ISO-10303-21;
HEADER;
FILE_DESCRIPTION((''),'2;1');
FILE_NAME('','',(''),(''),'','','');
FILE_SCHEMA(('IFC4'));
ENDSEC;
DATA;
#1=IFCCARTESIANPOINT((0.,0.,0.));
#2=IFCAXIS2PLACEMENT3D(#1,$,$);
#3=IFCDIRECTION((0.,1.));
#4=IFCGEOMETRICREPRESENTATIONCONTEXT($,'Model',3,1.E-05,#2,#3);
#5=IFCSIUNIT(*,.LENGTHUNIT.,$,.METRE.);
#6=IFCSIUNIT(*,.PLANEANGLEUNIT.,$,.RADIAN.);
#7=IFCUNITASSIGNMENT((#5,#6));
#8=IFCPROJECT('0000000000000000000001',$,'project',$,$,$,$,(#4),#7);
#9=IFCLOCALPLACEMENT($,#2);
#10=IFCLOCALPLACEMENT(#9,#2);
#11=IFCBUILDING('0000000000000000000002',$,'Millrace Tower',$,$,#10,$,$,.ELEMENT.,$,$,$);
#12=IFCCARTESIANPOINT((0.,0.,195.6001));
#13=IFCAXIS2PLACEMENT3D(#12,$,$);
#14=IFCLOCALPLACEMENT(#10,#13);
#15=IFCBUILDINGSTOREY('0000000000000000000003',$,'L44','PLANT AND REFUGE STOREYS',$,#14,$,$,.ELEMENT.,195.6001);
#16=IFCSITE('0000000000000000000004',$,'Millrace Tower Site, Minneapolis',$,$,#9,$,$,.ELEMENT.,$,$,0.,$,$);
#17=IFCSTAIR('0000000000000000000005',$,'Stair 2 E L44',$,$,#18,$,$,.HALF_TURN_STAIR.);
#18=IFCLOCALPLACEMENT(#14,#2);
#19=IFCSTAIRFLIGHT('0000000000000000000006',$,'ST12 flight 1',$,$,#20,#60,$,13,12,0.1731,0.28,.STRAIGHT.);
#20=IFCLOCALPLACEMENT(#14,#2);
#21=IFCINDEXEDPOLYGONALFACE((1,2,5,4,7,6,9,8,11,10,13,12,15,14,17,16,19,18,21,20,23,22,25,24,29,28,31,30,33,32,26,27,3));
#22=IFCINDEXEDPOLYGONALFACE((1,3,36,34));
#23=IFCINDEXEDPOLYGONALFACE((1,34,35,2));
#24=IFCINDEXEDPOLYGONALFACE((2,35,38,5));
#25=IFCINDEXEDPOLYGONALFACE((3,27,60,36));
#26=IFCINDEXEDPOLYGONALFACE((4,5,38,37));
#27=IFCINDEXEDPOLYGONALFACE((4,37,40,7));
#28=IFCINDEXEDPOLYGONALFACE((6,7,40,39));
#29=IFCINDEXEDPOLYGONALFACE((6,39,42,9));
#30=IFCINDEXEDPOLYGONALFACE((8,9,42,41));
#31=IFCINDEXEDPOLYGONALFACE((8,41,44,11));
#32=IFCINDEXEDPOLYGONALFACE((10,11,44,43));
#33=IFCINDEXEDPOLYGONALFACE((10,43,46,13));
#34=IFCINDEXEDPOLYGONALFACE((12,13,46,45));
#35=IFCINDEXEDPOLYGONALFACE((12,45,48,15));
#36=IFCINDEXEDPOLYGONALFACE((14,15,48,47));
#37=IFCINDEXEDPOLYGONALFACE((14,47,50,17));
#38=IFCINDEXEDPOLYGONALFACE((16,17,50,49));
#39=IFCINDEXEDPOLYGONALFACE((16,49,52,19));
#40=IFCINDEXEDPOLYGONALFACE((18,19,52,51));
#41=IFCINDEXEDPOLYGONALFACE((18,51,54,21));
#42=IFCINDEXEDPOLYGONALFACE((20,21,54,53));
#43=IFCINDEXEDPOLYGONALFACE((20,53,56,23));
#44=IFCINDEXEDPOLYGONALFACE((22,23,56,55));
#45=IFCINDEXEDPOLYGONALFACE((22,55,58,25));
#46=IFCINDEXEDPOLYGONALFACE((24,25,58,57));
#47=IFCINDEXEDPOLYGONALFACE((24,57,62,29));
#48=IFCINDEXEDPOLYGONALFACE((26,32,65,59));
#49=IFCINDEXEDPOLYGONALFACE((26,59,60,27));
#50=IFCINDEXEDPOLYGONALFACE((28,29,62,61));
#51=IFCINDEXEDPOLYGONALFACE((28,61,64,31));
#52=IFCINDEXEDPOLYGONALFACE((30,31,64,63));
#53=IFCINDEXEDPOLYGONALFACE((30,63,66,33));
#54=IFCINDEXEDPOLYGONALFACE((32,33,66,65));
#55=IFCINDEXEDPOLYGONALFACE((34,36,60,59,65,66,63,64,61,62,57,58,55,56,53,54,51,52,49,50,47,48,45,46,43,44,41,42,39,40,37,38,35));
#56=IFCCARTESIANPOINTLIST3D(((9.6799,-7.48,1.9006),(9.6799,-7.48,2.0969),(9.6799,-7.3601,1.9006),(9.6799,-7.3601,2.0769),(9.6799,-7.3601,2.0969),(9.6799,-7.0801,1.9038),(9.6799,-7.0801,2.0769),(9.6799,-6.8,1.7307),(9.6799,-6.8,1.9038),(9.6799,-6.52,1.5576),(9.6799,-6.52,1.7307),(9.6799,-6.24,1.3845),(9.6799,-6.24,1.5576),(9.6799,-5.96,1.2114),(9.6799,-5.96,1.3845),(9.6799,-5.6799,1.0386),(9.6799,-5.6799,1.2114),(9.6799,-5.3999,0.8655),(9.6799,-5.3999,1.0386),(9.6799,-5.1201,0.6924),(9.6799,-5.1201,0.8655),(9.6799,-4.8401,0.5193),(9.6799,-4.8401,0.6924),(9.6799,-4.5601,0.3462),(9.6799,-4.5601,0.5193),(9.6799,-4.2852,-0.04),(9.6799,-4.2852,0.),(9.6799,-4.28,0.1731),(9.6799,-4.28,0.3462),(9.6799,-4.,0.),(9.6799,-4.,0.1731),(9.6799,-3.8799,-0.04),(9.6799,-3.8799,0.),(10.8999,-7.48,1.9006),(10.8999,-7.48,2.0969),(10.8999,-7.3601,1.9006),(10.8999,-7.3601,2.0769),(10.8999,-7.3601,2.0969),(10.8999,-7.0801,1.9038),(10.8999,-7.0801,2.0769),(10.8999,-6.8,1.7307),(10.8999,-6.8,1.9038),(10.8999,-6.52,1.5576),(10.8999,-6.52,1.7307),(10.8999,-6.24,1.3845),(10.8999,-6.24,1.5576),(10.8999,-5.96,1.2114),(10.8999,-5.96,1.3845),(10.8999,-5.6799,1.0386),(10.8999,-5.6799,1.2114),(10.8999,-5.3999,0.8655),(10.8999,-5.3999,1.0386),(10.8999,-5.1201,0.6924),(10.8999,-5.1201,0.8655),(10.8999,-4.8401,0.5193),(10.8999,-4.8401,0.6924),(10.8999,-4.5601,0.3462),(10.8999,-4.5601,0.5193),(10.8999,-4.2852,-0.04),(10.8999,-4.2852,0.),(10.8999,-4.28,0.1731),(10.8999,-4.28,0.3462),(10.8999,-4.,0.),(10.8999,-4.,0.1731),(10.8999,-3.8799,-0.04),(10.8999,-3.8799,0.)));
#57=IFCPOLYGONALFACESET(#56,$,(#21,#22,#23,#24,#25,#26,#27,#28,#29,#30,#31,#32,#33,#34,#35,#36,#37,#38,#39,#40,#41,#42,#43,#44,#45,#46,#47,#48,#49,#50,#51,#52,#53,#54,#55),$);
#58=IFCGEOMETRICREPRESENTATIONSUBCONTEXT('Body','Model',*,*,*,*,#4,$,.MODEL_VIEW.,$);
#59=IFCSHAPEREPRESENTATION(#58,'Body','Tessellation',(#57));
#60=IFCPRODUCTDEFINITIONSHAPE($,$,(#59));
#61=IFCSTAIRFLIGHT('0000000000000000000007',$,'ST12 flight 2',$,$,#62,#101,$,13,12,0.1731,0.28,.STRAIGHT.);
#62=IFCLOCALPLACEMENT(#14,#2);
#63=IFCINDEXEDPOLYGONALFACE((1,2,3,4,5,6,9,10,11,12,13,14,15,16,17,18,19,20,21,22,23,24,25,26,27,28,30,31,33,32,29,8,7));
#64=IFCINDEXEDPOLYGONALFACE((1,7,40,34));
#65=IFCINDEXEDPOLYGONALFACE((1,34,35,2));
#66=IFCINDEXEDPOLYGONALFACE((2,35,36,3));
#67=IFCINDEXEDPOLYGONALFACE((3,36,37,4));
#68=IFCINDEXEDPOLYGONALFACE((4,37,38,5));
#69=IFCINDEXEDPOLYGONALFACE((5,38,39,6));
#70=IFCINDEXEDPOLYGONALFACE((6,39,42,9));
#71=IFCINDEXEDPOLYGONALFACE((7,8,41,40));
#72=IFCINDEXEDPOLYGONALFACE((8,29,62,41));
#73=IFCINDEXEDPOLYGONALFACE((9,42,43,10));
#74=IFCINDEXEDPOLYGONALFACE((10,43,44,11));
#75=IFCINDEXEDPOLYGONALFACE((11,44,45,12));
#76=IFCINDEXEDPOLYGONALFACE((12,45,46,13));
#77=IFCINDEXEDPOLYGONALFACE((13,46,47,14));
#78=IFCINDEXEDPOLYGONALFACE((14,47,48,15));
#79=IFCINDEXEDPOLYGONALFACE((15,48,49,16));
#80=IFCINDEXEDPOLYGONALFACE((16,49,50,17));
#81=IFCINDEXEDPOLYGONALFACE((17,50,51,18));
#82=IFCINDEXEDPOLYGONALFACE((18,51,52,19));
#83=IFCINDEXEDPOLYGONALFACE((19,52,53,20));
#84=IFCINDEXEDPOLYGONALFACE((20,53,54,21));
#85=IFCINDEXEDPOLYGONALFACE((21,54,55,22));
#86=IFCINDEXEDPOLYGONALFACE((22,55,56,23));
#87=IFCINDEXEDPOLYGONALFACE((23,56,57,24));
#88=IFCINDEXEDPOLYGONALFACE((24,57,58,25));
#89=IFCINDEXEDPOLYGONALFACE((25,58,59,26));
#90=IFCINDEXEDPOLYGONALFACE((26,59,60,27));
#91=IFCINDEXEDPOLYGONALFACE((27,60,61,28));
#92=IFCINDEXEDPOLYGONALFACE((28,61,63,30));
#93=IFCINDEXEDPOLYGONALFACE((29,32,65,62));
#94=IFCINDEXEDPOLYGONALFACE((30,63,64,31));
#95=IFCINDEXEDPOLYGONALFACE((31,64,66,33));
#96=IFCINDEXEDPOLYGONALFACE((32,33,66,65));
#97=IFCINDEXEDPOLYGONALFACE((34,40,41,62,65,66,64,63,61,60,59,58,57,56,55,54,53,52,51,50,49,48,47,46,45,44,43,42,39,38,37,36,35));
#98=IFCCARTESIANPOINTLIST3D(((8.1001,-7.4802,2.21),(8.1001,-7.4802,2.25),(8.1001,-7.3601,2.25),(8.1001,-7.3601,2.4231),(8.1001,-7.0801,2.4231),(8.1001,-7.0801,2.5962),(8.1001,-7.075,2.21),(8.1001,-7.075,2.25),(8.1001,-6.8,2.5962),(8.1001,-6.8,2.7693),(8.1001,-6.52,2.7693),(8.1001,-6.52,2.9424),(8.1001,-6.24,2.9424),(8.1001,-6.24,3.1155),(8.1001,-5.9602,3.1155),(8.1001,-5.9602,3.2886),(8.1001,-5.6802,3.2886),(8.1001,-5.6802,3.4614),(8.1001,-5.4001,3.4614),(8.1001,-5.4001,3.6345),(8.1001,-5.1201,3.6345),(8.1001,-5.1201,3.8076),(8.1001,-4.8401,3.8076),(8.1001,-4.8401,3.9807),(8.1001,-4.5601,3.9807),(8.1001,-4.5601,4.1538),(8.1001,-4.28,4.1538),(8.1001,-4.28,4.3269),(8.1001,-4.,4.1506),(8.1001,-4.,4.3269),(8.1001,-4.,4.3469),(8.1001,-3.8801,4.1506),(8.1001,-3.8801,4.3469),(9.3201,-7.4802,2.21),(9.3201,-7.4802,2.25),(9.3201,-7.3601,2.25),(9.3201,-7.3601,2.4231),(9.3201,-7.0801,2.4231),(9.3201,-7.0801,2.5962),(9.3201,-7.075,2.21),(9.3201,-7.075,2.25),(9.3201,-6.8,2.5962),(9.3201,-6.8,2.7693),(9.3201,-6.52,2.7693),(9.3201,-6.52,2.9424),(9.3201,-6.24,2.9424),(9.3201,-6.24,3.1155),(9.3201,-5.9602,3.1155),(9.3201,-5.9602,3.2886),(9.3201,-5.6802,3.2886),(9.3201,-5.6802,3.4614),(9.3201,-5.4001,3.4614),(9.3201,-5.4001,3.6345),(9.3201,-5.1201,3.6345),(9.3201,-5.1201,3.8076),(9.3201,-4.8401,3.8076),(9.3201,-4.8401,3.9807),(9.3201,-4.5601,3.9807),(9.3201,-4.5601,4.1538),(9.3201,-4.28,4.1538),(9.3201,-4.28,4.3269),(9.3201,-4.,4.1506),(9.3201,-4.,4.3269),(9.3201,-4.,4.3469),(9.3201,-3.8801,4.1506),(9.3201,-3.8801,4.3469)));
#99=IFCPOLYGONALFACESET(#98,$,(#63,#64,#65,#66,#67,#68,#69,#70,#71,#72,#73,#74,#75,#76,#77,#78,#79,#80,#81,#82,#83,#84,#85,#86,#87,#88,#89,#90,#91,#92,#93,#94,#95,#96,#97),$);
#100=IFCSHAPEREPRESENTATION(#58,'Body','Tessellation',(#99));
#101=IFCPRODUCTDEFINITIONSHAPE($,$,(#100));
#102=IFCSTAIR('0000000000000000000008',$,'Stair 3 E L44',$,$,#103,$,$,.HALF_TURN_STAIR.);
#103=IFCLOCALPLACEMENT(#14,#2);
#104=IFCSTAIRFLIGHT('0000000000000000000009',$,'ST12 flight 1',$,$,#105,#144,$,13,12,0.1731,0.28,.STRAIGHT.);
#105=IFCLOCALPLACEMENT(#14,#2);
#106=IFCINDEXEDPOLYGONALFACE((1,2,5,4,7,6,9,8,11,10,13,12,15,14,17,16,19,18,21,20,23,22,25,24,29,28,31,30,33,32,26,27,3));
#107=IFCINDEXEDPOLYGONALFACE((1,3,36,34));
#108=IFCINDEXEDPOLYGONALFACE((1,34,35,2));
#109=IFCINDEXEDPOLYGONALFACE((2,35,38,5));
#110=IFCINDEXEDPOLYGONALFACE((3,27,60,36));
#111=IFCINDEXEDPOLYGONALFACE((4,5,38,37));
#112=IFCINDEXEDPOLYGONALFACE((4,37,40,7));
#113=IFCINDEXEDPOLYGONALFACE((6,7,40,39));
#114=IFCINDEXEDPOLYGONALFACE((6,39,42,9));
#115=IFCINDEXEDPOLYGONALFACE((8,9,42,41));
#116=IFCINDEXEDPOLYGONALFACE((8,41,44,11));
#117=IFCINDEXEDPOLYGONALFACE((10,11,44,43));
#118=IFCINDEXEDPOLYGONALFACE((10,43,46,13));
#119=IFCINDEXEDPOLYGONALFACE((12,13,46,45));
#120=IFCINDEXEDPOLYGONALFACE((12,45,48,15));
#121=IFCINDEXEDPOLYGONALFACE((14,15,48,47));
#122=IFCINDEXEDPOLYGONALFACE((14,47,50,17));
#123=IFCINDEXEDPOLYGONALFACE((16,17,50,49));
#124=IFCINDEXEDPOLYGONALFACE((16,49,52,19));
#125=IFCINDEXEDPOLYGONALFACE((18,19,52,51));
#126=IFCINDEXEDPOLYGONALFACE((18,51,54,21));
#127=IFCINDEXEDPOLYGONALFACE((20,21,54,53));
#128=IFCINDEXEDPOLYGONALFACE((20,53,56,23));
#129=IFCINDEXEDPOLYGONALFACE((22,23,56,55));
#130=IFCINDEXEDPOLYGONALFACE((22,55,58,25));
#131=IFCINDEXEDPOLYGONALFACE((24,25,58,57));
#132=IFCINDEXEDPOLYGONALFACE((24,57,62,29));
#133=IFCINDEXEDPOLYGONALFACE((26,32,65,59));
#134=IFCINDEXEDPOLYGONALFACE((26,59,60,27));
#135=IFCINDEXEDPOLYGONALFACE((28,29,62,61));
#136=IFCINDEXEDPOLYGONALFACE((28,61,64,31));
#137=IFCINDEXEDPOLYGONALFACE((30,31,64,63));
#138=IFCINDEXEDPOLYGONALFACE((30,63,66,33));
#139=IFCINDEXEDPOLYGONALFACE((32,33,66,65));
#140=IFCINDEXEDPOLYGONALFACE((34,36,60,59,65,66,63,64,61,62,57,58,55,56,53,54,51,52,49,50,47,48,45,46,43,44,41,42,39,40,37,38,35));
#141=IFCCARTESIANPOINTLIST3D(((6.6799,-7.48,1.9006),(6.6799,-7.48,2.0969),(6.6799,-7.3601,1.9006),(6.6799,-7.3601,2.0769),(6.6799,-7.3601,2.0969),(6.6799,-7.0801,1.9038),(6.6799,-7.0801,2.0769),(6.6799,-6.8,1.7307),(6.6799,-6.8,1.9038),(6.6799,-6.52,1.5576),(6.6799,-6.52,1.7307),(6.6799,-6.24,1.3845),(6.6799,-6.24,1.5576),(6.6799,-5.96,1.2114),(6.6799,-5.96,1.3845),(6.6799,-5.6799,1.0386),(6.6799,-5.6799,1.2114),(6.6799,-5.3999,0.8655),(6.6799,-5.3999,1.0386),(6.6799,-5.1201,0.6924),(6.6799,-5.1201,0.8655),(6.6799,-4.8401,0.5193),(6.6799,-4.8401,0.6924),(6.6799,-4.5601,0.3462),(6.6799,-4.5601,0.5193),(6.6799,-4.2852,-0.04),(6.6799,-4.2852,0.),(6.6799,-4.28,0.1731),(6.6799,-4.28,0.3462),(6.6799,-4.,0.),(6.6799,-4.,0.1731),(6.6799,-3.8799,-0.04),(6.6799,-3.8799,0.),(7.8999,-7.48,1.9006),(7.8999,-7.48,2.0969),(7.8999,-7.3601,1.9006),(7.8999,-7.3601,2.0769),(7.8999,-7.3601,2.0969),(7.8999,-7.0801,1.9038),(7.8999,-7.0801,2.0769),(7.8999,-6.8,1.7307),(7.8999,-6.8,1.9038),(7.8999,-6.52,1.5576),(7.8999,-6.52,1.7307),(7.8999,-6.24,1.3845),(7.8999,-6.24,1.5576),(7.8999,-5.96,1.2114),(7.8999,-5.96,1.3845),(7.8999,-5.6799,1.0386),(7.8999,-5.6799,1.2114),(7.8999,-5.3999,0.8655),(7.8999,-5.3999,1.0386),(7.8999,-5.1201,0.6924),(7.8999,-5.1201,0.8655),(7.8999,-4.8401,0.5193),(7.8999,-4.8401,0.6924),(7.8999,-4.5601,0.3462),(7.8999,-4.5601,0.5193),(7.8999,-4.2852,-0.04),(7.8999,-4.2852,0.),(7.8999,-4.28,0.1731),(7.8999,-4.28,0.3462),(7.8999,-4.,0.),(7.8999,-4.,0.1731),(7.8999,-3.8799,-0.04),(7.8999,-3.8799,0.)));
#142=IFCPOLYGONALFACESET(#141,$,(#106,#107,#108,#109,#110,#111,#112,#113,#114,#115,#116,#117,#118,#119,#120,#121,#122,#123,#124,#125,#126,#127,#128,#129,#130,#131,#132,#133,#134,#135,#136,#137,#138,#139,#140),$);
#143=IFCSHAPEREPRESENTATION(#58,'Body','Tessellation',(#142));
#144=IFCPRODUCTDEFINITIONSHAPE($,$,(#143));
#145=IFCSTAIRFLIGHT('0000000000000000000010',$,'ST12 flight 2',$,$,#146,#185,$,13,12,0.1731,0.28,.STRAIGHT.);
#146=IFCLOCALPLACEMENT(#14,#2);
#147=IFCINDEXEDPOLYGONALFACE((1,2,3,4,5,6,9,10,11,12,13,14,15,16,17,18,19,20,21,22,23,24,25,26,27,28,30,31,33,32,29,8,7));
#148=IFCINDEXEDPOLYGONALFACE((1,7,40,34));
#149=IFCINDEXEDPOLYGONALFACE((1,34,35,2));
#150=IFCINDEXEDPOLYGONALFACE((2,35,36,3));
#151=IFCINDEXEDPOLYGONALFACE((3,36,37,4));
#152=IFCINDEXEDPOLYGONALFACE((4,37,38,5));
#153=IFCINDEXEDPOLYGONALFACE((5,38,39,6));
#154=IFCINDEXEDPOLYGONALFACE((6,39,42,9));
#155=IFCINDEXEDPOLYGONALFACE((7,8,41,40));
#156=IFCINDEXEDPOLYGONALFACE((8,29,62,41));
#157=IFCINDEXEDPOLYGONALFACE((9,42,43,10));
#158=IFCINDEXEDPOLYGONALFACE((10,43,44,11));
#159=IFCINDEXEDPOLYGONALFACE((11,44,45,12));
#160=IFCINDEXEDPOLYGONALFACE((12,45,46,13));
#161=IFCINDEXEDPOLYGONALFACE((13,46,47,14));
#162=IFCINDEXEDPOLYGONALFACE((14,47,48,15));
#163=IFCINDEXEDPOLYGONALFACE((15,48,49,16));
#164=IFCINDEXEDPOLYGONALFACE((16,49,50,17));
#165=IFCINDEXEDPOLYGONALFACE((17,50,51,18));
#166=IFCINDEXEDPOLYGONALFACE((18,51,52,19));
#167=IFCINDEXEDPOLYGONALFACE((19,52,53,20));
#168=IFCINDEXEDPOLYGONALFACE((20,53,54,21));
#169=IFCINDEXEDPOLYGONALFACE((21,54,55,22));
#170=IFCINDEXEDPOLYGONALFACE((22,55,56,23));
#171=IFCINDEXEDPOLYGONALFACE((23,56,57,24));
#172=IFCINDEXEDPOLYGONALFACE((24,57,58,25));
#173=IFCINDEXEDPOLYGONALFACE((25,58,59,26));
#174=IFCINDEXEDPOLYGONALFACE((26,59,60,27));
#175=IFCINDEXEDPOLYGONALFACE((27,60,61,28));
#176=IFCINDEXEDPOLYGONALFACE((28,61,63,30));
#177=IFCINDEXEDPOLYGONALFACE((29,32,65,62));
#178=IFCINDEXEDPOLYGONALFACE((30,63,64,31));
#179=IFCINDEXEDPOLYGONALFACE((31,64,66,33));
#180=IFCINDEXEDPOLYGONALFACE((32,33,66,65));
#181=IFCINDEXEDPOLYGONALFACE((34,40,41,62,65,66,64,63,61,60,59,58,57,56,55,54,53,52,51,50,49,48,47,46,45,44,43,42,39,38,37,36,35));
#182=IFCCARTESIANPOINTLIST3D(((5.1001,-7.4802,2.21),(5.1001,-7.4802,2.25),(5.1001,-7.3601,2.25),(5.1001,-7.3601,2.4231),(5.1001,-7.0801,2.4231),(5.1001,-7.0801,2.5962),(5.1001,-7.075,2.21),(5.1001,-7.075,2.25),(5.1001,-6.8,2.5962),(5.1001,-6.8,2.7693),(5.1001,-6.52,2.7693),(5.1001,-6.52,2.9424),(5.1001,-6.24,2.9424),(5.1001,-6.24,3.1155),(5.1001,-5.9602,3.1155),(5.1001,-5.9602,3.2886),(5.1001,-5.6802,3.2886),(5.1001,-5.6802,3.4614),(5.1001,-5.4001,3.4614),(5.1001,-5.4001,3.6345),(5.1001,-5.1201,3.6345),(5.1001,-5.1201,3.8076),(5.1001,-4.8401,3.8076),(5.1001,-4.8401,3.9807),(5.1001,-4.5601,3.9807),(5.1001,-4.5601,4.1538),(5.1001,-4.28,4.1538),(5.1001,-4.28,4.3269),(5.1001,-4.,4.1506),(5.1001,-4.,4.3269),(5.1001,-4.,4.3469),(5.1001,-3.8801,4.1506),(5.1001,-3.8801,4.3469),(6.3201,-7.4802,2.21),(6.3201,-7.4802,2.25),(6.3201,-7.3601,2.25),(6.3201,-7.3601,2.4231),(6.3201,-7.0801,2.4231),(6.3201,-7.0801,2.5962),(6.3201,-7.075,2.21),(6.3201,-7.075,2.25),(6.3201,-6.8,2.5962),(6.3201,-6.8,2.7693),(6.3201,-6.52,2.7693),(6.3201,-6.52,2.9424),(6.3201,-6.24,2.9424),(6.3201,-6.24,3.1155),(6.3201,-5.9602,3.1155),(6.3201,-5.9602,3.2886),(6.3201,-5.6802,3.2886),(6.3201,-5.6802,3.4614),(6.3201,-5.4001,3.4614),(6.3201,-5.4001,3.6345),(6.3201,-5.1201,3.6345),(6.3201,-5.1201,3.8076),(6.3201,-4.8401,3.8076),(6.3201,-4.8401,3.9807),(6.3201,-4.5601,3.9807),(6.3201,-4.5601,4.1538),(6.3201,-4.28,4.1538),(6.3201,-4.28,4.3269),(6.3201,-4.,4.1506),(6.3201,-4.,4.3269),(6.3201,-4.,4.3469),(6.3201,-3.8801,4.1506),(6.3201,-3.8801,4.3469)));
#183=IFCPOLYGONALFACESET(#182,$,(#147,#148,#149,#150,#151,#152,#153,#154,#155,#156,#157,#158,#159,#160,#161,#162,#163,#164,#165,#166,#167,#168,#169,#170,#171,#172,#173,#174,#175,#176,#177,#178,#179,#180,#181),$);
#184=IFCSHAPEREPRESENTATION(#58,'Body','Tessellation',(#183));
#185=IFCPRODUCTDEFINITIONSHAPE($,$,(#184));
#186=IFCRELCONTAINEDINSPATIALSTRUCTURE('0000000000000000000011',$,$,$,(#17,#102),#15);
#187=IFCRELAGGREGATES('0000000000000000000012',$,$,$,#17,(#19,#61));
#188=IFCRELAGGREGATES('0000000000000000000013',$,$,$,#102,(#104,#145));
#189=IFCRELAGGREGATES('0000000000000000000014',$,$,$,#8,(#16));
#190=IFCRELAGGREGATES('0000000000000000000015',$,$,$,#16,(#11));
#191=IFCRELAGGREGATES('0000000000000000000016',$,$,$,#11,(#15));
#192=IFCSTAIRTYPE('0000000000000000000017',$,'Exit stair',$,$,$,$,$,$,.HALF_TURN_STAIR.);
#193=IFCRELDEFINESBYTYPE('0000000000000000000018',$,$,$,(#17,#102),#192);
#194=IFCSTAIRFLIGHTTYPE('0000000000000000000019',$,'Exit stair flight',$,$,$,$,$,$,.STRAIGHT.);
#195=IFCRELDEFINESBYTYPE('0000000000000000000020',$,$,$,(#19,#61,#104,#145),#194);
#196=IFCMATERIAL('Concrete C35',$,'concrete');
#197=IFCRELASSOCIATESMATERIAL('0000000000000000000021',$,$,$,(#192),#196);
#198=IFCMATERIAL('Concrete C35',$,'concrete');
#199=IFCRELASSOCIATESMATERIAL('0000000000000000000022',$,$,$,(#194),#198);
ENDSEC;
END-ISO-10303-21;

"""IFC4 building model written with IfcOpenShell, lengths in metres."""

from ifc_helpers import new_model, si_unit, direction, frame, origin, place, context, subcontext, project, spatial, polyline, outline, extrude, material, type_object, element, aggregate, save


model = new_model("IFC4")

# Units and contexts
model_context = context("Model", 3, precision=1e-05, world=origin(), true_north=direction((0.0, 1.0)))
body_context = subcontext(model_context, "Body", "Model", "MODEL_VIEW")
ifc_project = project(units=[si_unit("LENGTHUNIT", "METRE"), si_unit("PLANEANGLEUNIT", "RADIAN")], contexts=[model_context])

# Site, building, storey
site_placement = place(None, origin())
site = spatial("IfcSite", under=ifc_project, at=site_placement, Name="Millrace Tower Site, Minneapolis", CompositionType="ELEMENT", RefElevation=0.0)
building_placement = place(site_placement, origin())
building = spatial("IfcBuilding", under=site, at=building_placement, Name="Millrace Tower", CompositionType="ELEMENT")
storey_placement = place(building_placement, frame((0.0, 0.0, 195.6001)))
storey = spatial("IfcBuildingStorey", under=building, at=storey_placement, Name="L44", Description="PLANT AND REFUGE STOREYS", CompositionType="ELEMENT", Elevation=195.6001)

# Shared definitions
placement = place(storey_placement, origin())

# Shared definitions
ifc_material_1 = material(Name="Concrete C35", Category="concrete")
stair_type = type_object("IfcStairType", Name="Exit stair", PredefinedType="HALF_TURN_STAIR", material=ifc_material_1)
ifc_material_2 = material(Name="Concrete C35", Category="concrete")
stair_flight_type = type_object("IfcStairFlightType", Name="Exit stair flight", PredefinedType="STRAIGHT", material=ifc_material_2)

# Stairs, stair flights
stair_1 = element("IfcStair", 1, at=placement, inside=storey, type_object=stair_type, Name="Stair 2 E L44", PredefinedType="HALF_TURN_STAIR")
stair_flight_1_placement = place(storey_placement, frame((10.29, -4.0, 0.0), z_axis=(0.0, 0.0, 1.0), x_axis=(0.0, -1.0, 0.0)))
stair_flight_1 = element("IfcStairFlight", 2, at=stair_flight_1_placement, type_object=stair_flight_type, Name="ST12 flight 1", NumberOfRisers=13, NumberOfTreads=12, PredefinedType="STRAIGHT", RiserHeight=0.1731, TreadLength=0.28, context=body_context, shape_type="SweptSolid", body=[
    extrude(outline(polyline([(-0.1201, -0.04), (-0.1201, 0.0), (0.0, 0.0), (0.0, 0.1731), (0.28, 0.1731), (0.28, 0.3462), (0.5601, 0.3462), (0.5601, 0.5193), (0.8401, 0.5193), (0.8401, 0.6924), (1.1201, 0.6924), (1.1201, 0.8655), (1.3999, 0.8655), (1.3999, 1.0386), (1.6799, 1.0386), (1.6799, 1.2114), (1.96, 1.2114), (1.96, 1.3845), (2.24, 1.3845), (2.24, 1.5576), (2.52, 1.5576), (2.52, 1.7307), (2.8, 1.7307), (2.8, 1.9038), (3.0801, 1.9038), (3.0801, 2.0769), (3.3601, 2.0769), (3.3601, 2.0969), (3.48, 2.0969), (3.48, 1.9006), (3.3601, 1.9006), (0.2852, 0.0), (0.2852, -0.04), (-0.1201, -0.04)])), frame((0.0, 0.6099, 0.0), z_axis=(0.0, -1.0, 0.0), x_axis=(1.0, 0.0, 0.0)), (0.0, 0.0, 1.0), 1.22),
])
stair_flight_2_placement = place(storey_placement, frame((8.71, -7.3601, 2.25), z_axis=(0.0, 0.0, 1.0), x_axis=(0.0, 1.0, 0.0)))
stair_flight_2 = element("IfcStairFlight", 3, at=stair_flight_2_placement, type_object=stair_flight_type, Name="ST12 flight 2", NumberOfRisers=13, NumberOfTreads=12, PredefinedType="STRAIGHT", RiserHeight=0.1731, TreadLength=0.28, context=body_context, shape_type="SweptSolid", body=[
    extrude(outline(polyline([(-0.1201, -0.04), (-0.1201, 0.0), (0.0, 0.0), (0.0, 0.1731), (0.28, 0.1731), (0.28, 0.3462), (0.5601, 0.3462), (0.5601, 0.5193), (0.8401, 0.5193), (0.8401, 0.6924), (1.1201, 0.6924), (1.1201, 0.8655), (1.3999, 0.8655), (1.3999, 1.0386), (1.6799, 1.0386), (1.6799, 1.2114), (1.96, 1.2114), (1.96, 1.3845), (2.24, 1.3845), (2.24, 1.5576), (2.52, 1.5576), (2.52, 1.7307), (2.8, 1.7307), (2.8, 1.9038), (3.0801, 1.9038), (3.0801, 2.0769), (3.3601, 2.0769), (3.3601, 2.0969), (3.48, 2.0969), (3.48, 1.9006), (3.3601, 1.9006), (0.2852, 0.0), (0.2852, -0.04), (-0.1201, -0.04)])), frame((0.0, 0.6099, 0.0), z_axis=(0.0, -1.0, 0.0), x_axis=(1.0, 0.0, 0.0)), (0.0, 0.0, 1.0), 1.22),
])
aggregate(stair_1, [stair_flight_1, stair_flight_2])
stair_2 = element("IfcStair", 4, at=placement, inside=storey, type_object=stair_type, Name="Stair 3 E L44", PredefinedType="HALF_TURN_STAIR")
stair_flight_3_placement = place(storey_placement, frame((7.29, -4.0, 0.0), z_axis=(0.0, 0.0, 1.0), x_axis=(0.0, -1.0, 0.0)))
stair_flight_3 = element("IfcStairFlight", 5, at=stair_flight_3_placement, type_object=stair_flight_type, Name="ST12 flight 1", NumberOfRisers=13, NumberOfTreads=12, PredefinedType="STRAIGHT", RiserHeight=0.1731, TreadLength=0.28, context=body_context, shape_type="SweptSolid", body=[
    extrude(outline(polyline([(-0.1201, -0.04), (-0.1201, 0.0), (0.0, 0.0), (0.0, 0.1731), (0.28, 0.1731), (0.28, 0.3462), (0.5601, 0.3462), (0.5601, 0.5193), (0.8401, 0.5193), (0.8401, 0.6924), (1.1201, 0.6924), (1.1201, 0.8655), (1.3999, 0.8655), (1.3999, 1.0386), (1.6799, 1.0386), (1.6799, 1.2114), (1.96, 1.2114), (1.96, 1.3845), (2.24, 1.3845), (2.24, 1.5576), (2.52, 1.5576), (2.52, 1.7307), (2.8, 1.7307), (2.8, 1.9038), (3.0801, 1.9038), (3.0801, 2.0769), (3.3601, 2.0769), (3.3601, 2.0969), (3.48, 2.0969), (3.48, 1.9006), (3.3601, 1.9006), (0.2852, 0.0), (0.2852, -0.04), (-0.1201, -0.04)])), frame((0.0, 0.6099, 0.0), z_axis=(0.0, -1.0, 0.0), x_axis=(1.0, 0.0, 0.0)), (0.0, 0.0, 1.0), 1.22),
])
stair_flight_4_placement = place(storey_placement, frame((5.71, -7.3601, 2.25), z_axis=(0.0, 0.0, 1.0), x_axis=(0.0, 1.0, 0.0)))
stair_flight_4 = element("IfcStairFlight", 6, at=stair_flight_4_placement, type_object=stair_flight_type, Name="ST12 flight 2", NumberOfRisers=13, NumberOfTreads=12, PredefinedType="STRAIGHT", RiserHeight=0.1731, TreadLength=0.28, context=body_context, shape_type="SweptSolid", body=[
    extrude(outline(polyline([(-0.1201, -0.04), (-0.1201, 0.0), (0.0, 0.0), (0.0, 0.1731), (0.28, 0.1731), (0.28, 0.3462), (0.5601, 0.3462), (0.5601, 0.5193), (0.8401, 0.5193), (0.8401, 0.6924), (1.1201, 0.6924), (1.1201, 0.8655), (1.3999, 0.8655), (1.3999, 1.0386), (1.6799, 1.0386), (1.6799, 1.2114), (1.96, 1.2114), (1.96, 1.3845), (2.24, 1.3845), (2.24, 1.5576), (2.52, 1.5576), (2.52, 1.7307), (2.8, 1.7307), (2.8, 1.9038), (3.0801, 1.9038), (3.0801, 2.0769), (3.3601, 2.0769), (3.3601, 2.0969), (3.48, 2.0969), (3.48, 1.9006), (3.3601, 1.9006), (0.2852, 0.0), (0.2852, -0.04), (-0.1201, -0.04)])), frame((0.0, 0.6099, 0.0), z_axis=(0.0, -1.0, 0.0), x_axis=(1.0, 0.0, 0.0)), (0.0, 0.0, 1.0), 1.22),
])
aggregate(stair_2, [stair_flight_3, stair_flight_4])

save(model, "model.ifc")
